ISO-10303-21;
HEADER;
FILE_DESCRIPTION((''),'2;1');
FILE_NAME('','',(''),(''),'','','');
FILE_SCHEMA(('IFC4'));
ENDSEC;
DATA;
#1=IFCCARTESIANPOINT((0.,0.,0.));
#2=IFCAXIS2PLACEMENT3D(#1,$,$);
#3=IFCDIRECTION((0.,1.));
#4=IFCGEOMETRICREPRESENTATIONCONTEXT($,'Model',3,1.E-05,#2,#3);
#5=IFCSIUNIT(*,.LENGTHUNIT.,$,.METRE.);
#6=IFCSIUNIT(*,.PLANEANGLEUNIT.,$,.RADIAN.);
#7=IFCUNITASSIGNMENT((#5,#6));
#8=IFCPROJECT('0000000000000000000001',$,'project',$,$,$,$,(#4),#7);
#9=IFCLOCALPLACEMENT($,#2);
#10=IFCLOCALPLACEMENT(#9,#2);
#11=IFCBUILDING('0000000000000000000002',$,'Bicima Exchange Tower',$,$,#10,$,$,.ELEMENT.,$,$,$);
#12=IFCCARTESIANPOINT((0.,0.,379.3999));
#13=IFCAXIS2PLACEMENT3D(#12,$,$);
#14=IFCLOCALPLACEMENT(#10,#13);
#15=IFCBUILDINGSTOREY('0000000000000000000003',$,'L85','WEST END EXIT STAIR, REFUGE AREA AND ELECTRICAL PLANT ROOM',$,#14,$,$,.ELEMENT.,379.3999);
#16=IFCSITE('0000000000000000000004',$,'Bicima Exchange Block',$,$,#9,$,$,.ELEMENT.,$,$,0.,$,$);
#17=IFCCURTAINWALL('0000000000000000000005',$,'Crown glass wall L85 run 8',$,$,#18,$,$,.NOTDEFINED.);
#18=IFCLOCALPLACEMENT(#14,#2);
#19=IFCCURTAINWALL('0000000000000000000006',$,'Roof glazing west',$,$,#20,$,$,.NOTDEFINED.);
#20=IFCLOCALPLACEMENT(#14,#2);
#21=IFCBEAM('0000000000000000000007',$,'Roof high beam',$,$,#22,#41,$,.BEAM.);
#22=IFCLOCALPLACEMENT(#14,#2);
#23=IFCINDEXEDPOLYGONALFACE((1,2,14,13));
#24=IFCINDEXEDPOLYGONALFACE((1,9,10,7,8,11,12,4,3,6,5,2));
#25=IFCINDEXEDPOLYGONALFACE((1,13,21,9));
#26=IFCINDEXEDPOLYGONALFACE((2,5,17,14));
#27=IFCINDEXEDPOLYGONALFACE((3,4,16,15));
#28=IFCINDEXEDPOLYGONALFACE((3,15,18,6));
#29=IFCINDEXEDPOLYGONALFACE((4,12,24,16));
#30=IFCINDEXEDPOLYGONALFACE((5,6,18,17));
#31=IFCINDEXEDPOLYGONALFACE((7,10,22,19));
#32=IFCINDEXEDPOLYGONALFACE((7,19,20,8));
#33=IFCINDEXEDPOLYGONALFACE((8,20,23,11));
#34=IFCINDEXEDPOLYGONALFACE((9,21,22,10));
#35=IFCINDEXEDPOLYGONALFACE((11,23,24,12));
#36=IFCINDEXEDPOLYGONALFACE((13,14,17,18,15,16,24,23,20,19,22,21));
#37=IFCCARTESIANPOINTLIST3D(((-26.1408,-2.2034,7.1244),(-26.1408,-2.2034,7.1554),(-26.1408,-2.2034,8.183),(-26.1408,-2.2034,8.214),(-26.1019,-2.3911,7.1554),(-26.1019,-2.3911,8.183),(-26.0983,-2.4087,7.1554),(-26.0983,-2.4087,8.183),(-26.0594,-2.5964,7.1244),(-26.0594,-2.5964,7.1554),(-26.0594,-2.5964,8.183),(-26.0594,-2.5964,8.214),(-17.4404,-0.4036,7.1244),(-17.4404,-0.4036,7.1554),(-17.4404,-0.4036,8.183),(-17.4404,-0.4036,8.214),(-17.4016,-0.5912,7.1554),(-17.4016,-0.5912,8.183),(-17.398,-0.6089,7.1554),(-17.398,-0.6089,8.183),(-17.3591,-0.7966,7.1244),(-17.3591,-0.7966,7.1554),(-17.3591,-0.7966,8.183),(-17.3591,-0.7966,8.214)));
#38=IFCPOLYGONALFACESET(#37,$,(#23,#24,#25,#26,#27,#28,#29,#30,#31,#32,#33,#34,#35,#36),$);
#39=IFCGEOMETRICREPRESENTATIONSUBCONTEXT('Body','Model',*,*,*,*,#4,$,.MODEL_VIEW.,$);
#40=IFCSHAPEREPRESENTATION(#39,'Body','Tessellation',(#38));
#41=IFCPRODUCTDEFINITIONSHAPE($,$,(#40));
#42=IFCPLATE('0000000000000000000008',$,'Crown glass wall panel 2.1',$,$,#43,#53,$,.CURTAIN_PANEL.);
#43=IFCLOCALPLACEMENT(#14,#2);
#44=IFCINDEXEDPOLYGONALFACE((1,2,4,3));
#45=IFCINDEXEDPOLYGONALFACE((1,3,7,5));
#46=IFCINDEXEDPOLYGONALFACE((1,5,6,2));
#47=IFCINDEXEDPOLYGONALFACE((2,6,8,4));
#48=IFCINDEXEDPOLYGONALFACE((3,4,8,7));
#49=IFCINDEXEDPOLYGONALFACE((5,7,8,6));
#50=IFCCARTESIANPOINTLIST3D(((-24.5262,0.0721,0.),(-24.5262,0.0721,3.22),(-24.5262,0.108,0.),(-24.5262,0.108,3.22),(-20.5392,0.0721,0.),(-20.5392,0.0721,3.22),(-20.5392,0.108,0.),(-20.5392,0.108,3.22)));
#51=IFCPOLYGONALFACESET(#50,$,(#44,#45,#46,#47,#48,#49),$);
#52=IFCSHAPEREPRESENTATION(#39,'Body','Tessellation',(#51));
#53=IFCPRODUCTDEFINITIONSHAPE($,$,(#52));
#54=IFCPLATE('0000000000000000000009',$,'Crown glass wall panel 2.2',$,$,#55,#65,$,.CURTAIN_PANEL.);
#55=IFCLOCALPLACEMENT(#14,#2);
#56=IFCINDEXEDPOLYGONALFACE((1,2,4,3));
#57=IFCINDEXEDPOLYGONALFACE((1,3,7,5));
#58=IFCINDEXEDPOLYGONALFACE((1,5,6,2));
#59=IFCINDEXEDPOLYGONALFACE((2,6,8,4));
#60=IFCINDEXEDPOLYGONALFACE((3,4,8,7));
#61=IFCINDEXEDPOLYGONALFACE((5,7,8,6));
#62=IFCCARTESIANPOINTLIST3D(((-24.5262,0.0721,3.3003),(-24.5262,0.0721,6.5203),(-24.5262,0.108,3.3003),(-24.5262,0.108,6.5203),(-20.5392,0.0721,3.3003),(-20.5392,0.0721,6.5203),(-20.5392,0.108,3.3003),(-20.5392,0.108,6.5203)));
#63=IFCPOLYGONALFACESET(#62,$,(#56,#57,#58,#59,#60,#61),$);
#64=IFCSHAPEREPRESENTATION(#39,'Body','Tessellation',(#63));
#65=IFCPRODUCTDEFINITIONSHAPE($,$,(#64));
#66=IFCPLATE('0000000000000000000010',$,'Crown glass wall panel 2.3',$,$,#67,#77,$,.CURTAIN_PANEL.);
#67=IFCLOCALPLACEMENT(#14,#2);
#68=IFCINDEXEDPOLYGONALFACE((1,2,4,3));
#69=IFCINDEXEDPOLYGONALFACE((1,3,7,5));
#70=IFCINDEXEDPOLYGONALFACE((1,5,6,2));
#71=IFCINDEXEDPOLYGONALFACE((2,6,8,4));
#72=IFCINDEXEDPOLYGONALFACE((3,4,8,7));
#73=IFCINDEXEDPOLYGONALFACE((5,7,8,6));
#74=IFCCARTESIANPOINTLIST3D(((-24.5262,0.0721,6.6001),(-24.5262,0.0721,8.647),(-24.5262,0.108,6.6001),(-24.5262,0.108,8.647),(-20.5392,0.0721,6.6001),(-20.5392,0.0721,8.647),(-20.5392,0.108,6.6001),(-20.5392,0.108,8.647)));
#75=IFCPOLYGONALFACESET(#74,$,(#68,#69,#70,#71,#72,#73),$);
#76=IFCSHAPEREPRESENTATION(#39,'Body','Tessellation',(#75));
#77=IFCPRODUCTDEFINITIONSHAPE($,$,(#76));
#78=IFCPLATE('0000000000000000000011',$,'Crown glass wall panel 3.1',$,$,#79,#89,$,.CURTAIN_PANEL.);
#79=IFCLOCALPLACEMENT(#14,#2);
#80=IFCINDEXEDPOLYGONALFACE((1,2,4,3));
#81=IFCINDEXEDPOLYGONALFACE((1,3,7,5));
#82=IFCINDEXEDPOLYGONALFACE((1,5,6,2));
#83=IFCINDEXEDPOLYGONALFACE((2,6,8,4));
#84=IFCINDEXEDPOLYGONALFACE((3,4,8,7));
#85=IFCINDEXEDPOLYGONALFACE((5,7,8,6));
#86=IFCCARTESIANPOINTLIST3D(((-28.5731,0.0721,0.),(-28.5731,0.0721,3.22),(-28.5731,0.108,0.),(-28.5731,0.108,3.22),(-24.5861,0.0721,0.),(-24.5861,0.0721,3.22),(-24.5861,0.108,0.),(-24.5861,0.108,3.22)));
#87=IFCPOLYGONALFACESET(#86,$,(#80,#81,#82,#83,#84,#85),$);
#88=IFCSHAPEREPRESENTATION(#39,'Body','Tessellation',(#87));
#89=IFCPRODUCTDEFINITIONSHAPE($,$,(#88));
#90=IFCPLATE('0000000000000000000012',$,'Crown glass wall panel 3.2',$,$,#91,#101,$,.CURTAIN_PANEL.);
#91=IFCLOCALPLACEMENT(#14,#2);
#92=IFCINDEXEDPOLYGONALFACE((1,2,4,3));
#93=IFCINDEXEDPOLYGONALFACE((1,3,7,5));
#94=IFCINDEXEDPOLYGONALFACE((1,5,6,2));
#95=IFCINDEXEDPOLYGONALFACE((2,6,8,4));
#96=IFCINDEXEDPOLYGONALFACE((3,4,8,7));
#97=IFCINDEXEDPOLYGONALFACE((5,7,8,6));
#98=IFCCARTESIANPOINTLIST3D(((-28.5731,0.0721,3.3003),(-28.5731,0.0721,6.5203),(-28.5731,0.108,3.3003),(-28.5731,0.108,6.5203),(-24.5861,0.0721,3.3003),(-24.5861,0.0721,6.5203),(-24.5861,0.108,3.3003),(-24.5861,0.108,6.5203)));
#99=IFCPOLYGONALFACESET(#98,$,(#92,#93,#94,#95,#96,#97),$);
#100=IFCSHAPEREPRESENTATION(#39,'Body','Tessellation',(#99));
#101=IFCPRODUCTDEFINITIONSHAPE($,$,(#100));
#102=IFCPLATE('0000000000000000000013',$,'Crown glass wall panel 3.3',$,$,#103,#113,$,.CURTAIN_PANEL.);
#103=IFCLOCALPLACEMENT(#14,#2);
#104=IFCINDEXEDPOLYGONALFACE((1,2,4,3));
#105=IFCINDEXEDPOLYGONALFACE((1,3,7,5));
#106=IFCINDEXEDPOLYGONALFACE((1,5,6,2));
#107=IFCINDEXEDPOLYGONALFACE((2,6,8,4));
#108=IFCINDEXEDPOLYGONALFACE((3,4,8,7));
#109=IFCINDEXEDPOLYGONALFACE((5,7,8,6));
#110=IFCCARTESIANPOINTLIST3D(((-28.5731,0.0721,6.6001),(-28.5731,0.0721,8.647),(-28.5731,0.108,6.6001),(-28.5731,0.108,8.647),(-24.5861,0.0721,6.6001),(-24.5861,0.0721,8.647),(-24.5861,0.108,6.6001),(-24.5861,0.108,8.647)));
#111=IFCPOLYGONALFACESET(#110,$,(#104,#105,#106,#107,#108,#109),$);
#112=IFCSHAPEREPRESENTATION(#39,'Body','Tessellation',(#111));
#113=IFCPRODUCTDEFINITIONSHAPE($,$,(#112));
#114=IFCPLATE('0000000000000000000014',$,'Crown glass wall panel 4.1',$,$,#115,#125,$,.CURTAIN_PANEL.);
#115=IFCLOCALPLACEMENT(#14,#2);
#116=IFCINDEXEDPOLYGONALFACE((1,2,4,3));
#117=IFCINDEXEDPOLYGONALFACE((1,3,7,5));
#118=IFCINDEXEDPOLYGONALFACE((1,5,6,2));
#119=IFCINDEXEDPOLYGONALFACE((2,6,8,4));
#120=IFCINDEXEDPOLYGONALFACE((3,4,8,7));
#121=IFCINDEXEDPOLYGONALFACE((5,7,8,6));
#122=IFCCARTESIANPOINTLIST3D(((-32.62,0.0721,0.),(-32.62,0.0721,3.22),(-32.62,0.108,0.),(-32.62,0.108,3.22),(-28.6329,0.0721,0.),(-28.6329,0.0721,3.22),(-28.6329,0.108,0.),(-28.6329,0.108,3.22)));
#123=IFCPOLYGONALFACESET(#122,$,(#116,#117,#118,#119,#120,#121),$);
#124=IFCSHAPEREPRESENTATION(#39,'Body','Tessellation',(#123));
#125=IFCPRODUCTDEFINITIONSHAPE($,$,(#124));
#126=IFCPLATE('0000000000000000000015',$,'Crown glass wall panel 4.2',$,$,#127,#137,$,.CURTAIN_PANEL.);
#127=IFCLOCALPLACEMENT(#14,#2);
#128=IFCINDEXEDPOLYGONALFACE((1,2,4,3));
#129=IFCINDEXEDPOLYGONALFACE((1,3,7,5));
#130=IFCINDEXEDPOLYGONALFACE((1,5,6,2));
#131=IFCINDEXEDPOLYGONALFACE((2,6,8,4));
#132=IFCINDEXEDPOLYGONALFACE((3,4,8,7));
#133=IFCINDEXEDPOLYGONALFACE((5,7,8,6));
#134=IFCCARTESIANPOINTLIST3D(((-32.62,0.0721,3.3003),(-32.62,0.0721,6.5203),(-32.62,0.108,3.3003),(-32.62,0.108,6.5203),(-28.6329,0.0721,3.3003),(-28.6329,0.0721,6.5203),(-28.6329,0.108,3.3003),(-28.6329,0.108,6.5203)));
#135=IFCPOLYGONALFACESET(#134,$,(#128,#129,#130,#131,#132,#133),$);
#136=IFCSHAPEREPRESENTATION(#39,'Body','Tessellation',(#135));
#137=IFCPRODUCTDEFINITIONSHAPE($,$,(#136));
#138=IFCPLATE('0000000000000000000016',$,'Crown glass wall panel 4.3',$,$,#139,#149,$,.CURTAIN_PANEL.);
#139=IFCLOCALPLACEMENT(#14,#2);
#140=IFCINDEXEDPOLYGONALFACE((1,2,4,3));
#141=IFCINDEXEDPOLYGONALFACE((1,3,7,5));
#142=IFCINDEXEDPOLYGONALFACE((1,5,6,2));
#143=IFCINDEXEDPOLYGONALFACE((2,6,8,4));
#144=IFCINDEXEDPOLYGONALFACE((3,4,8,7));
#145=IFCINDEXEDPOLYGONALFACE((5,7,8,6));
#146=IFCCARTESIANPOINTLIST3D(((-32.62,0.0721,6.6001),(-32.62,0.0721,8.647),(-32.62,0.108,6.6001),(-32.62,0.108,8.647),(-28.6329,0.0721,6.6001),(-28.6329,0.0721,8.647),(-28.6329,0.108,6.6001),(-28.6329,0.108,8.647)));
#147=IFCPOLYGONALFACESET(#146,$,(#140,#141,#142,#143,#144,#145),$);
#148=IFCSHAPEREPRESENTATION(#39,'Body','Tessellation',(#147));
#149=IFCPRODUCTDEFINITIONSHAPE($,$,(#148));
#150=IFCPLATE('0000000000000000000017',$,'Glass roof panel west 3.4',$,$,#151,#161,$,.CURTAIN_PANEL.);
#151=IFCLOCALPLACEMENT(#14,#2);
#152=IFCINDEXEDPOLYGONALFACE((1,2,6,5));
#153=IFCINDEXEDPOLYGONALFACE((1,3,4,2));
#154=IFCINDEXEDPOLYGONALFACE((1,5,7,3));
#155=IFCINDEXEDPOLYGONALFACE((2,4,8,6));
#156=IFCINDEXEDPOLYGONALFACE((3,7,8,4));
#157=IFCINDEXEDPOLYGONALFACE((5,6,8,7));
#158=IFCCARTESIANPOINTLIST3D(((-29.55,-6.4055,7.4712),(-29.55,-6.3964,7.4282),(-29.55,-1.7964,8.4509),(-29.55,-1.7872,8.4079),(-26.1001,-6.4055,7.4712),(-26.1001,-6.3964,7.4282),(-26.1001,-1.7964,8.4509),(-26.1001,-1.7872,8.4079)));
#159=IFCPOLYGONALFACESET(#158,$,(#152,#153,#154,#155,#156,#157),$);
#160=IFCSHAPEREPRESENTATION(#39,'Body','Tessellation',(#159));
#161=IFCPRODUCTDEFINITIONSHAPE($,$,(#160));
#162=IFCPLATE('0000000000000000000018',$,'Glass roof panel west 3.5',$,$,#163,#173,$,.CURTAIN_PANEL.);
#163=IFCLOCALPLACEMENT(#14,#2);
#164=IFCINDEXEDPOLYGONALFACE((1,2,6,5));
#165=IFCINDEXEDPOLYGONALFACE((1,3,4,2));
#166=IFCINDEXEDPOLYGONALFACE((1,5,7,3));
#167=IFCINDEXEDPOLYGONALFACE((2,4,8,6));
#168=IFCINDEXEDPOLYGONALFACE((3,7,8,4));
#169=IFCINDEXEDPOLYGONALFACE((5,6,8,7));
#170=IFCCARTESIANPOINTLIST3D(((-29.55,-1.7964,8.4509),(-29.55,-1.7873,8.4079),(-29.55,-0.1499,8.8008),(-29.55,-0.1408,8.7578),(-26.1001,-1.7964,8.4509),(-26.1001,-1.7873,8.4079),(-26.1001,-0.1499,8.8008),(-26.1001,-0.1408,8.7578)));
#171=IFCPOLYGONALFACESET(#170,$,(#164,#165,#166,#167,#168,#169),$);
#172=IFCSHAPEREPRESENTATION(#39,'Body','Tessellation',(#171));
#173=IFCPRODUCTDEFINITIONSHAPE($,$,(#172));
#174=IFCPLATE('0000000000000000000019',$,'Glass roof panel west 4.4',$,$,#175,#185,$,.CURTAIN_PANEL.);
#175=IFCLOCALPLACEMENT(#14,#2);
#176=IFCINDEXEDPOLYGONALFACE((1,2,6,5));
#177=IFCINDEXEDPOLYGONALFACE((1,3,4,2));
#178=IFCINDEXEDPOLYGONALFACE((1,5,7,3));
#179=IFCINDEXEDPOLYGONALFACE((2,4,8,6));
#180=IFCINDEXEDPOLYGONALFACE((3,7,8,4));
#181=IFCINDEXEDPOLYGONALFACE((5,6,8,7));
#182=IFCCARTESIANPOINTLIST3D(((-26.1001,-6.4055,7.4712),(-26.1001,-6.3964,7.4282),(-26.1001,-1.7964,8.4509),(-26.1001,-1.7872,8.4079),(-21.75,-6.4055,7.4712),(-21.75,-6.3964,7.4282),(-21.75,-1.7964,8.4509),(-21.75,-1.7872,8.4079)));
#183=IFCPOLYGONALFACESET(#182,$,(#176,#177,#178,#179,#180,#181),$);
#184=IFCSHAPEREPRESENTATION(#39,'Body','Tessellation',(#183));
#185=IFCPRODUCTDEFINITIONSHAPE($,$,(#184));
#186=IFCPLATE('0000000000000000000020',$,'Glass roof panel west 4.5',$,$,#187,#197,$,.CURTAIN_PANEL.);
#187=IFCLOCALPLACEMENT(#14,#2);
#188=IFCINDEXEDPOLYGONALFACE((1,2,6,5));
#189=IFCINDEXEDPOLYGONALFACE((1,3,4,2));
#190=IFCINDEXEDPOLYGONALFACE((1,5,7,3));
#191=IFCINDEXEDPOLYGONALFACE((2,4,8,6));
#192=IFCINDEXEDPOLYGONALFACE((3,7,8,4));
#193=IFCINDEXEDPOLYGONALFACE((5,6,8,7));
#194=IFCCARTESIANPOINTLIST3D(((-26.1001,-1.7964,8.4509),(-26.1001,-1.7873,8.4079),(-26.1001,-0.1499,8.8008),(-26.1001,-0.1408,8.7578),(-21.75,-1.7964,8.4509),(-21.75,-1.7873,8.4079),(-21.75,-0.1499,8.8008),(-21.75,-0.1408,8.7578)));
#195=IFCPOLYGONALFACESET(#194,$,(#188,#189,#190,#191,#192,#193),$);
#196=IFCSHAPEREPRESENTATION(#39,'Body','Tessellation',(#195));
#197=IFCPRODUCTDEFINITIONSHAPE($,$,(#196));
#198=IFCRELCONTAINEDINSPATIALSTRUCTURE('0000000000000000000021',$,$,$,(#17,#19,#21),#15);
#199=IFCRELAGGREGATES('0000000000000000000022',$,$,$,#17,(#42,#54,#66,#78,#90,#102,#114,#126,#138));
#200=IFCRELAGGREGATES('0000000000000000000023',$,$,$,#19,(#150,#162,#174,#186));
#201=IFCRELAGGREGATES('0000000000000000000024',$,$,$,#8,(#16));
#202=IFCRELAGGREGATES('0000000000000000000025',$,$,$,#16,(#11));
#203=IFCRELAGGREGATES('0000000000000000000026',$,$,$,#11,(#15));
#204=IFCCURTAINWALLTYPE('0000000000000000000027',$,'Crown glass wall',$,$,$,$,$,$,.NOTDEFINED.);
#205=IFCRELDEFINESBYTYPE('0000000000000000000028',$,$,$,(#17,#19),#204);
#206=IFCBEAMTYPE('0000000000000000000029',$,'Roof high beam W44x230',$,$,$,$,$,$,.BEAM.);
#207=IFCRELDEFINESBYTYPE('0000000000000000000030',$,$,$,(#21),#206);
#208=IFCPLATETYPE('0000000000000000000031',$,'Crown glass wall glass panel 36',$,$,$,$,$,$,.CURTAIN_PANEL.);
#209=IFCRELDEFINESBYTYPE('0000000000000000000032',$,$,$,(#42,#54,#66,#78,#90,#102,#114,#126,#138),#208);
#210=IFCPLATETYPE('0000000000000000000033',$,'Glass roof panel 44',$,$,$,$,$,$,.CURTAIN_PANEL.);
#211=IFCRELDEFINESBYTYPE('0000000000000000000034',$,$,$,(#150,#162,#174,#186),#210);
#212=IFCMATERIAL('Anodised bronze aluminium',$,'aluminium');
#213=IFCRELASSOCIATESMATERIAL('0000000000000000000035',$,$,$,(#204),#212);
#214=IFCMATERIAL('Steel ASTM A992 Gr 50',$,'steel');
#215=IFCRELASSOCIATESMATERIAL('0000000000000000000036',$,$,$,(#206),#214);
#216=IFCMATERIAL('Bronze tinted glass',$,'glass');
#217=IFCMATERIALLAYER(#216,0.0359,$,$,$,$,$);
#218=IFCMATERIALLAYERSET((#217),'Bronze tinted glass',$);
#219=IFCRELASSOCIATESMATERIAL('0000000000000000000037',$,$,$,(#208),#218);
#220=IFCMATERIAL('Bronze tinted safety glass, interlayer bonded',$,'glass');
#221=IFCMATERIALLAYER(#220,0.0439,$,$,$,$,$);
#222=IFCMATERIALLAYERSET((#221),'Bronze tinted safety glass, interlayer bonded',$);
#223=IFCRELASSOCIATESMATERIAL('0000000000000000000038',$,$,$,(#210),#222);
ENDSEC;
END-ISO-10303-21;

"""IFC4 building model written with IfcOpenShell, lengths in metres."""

from ifc_helpers import new_model, si_unit, direction, frame, origin, origin_2d, place, context, subcontext, project, spatial, polyline, rectangle, i_section, outline, extrude, material, layer, layer_set, material_profile, profile_set, type_object, element, aggregate, save


model = new_model("IFC4")

# Units and contexts
model_context = context("Model", 3, precision=1e-05, world=origin(), true_north=direction((0.0, 1.0)))
body_context = subcontext(model_context, "Body", "Model", "MODEL_VIEW")
ifc_project = project(units=[si_unit("LENGTHUNIT", "METRE"), si_unit("PLANEANGLEUNIT", "RADIAN")], contexts=[model_context])

# Site, building, storey
site_placement = place(None, origin())
site = spatial("IfcSite", under=ifc_project, at=site_placement, Name="Bicima Exchange Block", CompositionType="ELEMENT", RefElevation=0.0)
building_placement = place(site_placement, origin())
building = spatial("IfcBuilding", under=site, at=building_placement, Name="Bicima Exchange Tower", CompositionType="ELEMENT")
storey_placement = place(building_placement, frame((0.0, 0.0, 379.3999)))
storey = spatial("IfcBuildingStorey", under=building, at=storey_placement, Name="L85", Description="WEST END EXIT STAIR, REFUGE AREA AND ELECTRICAL PLANT ROOM", CompositionType="ELEMENT", Elevation=379.3999)

# Shared definitions
ifc_material_1 = material(Name="Steel ASTM A992 Gr 50", Category="steel")

# Curtain wall
ifc_material_2 = material(Name="Anodised bronze aluminium", Category="aluminium")
curtain_wall_type = type_object("IfcCurtainWallType", Name="Crown glass wall", PredefinedType="NOTDEFINED", material=ifc_material_2)
curtain_wall_1_placement = place(storey_placement, origin())
curtain_wall_1 = element("IfcCurtainWall", 1, at=curtain_wall_1_placement, inside=storey, type_object=curtain_wall_type, Name="Crown glass wall L85 run 8", PredefinedType="NOTDEFINED")

# Curtain wall
curtain_wall_2_placement = place(storey_placement, origin())
curtain_wall_2 = element("IfcCurtainWall", 2, at=curtain_wall_2_placement, inside=storey, type_object=curtain_wall_type, Name="Roof glazing west", PredefinedType="NOTDEFINED")

# Beam
ifc_material_profile_1 = material_profile(ifc_material_1, i_section(OverallWidth=0.4014, OverallDepth=1.0896, WebThickness=0.0181, FlangeThickness=0.031, at=origin_2d()))
ifc_profile_set_1 = profile_set([ifc_material_profile_1], Name="Steel ASTM A992 Gr 50")
beam_type_1 = type_object("IfcBeamType", Name="Roof high beam W44x230", PredefinedType="BEAM", material=ifc_profile_set_1)
beam_1_placement = place(storey_placement, frame((-26.1001, -2.3999, 7.6692), z_axis=(0.979266, 0.20258, 0.0), x_axis=(-0.20258, 0.979266, 0.0)))
element("IfcBeam", 3, at=beam_1_placement, inside=storey, type_object=beam_type_1, Name="Roof high beam", PredefinedType="BEAM", context=body_context, shape_type="SweptSolid", body=[
    extrude(i_section(OverallWidth=0.4014, OverallDepth=1.0896, WebThickness=0.0181, FlangeThickness=0.031, at=origin_2d()), origin(), (0.0, 0.0, 1.0), 8.8845),
])

# Plates
ifc_material_3 = material(Name="Bronze tinted glass", Category="glass")
ifc_layer_1 = layer(ifc_material_3, 0.0359)
ifc_layer_set_1 = layer_set([ifc_layer_1], Name="Bronze tinted glass")
plate_type_1 = type_object("IfcPlateType", Name="Crown glass wall glass panel 36", PredefinedType="CURTAIN_PANEL", material=ifc_layer_set_1)
plate_1_placement = place(storey_placement, frame((-22.5327, 0.0901, 0.0), z_axis=(0.0, 0.0, 1.0), x_axis=(-1.0, 0.0, 0.0)))
plate_1 = element("IfcPlate", 4, at=plate_1_placement, type_object=plate_type_1, Name="Crown glass wall panel 2.1", PredefinedType="CURTAIN_PANEL", context=body_context, shape_type="SweptSolid", body=[
    extrude(rectangle(XDim=3.9871, YDim=0.0359, at=origin_2d()), origin(), (0.0, 0.0, 1.0), 3.22),
])
plate_2_placement = place(storey_placement, frame((-22.5327, 0.0901, 3.3003), z_axis=(0.0, 0.0, 1.0), x_axis=(-1.0, 0.0, 0.0)))
plate_2 = element("IfcPlate", 5, at=plate_2_placement, type_object=plate_type_1, Name="Crown glass wall panel 2.2", PredefinedType="CURTAIN_PANEL", context=body_context, shape_type="SweptSolid", body=[
    extrude(rectangle(XDim=3.9871, YDim=0.0359, at=origin_2d()), origin(), (0.0, 0.0, 1.0), 3.22),
])
plate_3_placement = place(storey_placement, frame((-22.5327, 0.0901, 6.6001), z_axis=(0.0, 0.0, 1.0), x_axis=(-1.0, 0.0, 0.0)))
plate_3 = element("IfcPlate", 6, at=plate_3_placement, type_object=plate_type_1, Name="Crown glass wall panel 2.3", PredefinedType="CURTAIN_PANEL", context=body_context, shape_type="SweptSolid", body=[
    extrude(rectangle(XDim=3.9871, YDim=0.0359, at=origin_2d()), origin(), (0.0, 0.0, 1.0), 2.0469),
])
plate_4_placement = place(storey_placement, frame((-26.5796, 0.0901, 0.0), z_axis=(0.0, 0.0, 1.0), x_axis=(-1.0, 0.0, 0.0)))
plate_4 = element("IfcPlate", 7, at=plate_4_placement, type_object=plate_type_1, Name="Crown glass wall panel 3.1", PredefinedType="CURTAIN_PANEL", context=body_context, shape_type="SweptSolid", body=[
    extrude(rectangle(XDim=3.9871, YDim=0.0359, at=origin_2d()), origin(), (0.0, 0.0, 1.0), 3.22),
])
plate_5_placement = place(storey_placement, frame((-26.5796, 0.0901, 3.3003), z_axis=(0.0, 0.0, 1.0), x_axis=(-1.0, 0.0, 0.0)))
plate_5 = element("IfcPlate", 8, at=plate_5_placement, type_object=plate_type_1, Name="Crown glass wall panel 3.2", PredefinedType="CURTAIN_PANEL", context=body_context, shape_type="SweptSolid", body=[
    extrude(rectangle(XDim=3.9871, YDim=0.0359, at=origin_2d()), origin(), (0.0, 0.0, 1.0), 3.22),
])
plate_6_placement = place(storey_placement, frame((-26.5796, 0.0901, 6.6001), z_axis=(0.0, 0.0, 1.0), x_axis=(-1.0, 0.0, 0.0)))
plate_6 = element("IfcPlate", 9, at=plate_6_placement, type_object=plate_type_1, Name="Crown glass wall panel 3.3", PredefinedType="CURTAIN_PANEL", context=body_context, shape_type="SweptSolid", body=[
    extrude(rectangle(XDim=3.9871, YDim=0.0359, at=origin_2d()), origin(), (0.0, 0.0, 1.0), 2.0469),
])
plate_7_placement = place(storey_placement, frame((-30.6265, 0.0901, 0.0), z_axis=(0.0, 0.0, 1.0), x_axis=(-1.0, 0.0, 0.0)))
plate_7 = element("IfcPlate", 10, at=plate_7_placement, type_object=plate_type_1, Name="Crown glass wall panel 4.1", PredefinedType="CURTAIN_PANEL", context=body_context, shape_type="SweptSolid", body=[
    extrude(rectangle(XDim=3.9871, YDim=0.0359, at=origin_2d()), origin(), (0.0, 0.0, 1.0), 3.22),
])
plate_8_placement = place(storey_placement, frame((-30.6265, 0.0901, 3.3003), z_axis=(0.0, 0.0, 1.0), x_axis=(-1.0, 0.0, 0.0)))
plate_8 = element("IfcPlate", 11, at=plate_8_placement, type_object=plate_type_1, Name="Crown glass wall panel 4.2", PredefinedType="CURTAIN_PANEL", context=body_context, shape_type="SweptSolid", body=[
    extrude(rectangle(XDim=3.9871, YDim=0.0359, at=origin_2d()), origin(), (0.0, 0.0, 1.0), 3.22),
])
plate_9_placement = place(storey_placement, frame((-30.6265, 0.0901, 6.6001), z_axis=(0.0, 0.0, 1.0), x_axis=(-1.0, 0.0, 0.0)))
plate_9 = element("IfcPlate", 12, at=plate_9_placement, type_object=plate_type_1, Name="Crown glass wall panel 4.3", PredefinedType="CURTAIN_PANEL", context=body_context, shape_type="SweptSolid", body=[
    extrude(rectangle(XDim=3.9871, YDim=0.0359, at=origin_2d()), origin(), (0.0, 0.0, 1.0), 2.0469),
])
aggregate(curtain_wall_1, [plate_1, plate_2, plate_3, plate_4, plate_5, plate_6, plate_7, plate_8, plate_9])
ifc_material_4 = material(Name="Bronze tinted safety glass, interlayer bonded", Category="glass")
ifc_layer_2 = layer(ifc_material_4, 0.0439)
ifc_layer_set_2 = layer_set([ifc_layer_2], Name="Bronze tinted safety glass, interlayer bonded")
plate_type_2 = type_object("IfcPlateType", Name="Glass roof panel 44", PredefinedType="CURTAIN_PANEL", material=ifc_layer_set_2)
plate_10_placement = place(storey_placement, frame((-29.55, -6.4055, 7.4712), z_axis=(0.0, -0.207919, 0.978146), x_axis=(0.0, 0.978146, 0.207919)))
plate_10 = element("IfcPlate", 13, at=plate_10_placement, type_object=plate_type_2, Name="Glass roof panel west 3.4", PredefinedType="CURTAIN_PANEL", context=body_context, shape_type="SweptSolid", body=[
    extrude(outline(polyline([(0.0, 0.0), (4.7121, 0.0), (4.7121, -3.45), (0.0, -3.45), (0.0, 0.0)])), origin(), (0.0, 0.0, -1.0), 0.0439),
])
plate_11_placement = place(storey_placement, frame((-26.1001, -0.1499, 8.8008), z_axis=(0.0, -0.207845, 0.978162), x_axis=(0.0, -0.978162, -0.207845)))
plate_11 = element("IfcPlate", 14, at=plate_11_placement, type_object=plate_type_2, Name="Glass roof panel west 3.5", PredefinedType="CURTAIN_PANEL", context=body_context, shape_type="SweptSolid", body=[
    extrude(outline(polyline([(0.0, 0.0), (1.6832, 0.0), (1.6832, -3.45), (0.0, -3.45), (0.0, 0.0)])), origin(), (0.0, 0.0, -1.0), 0.0439),
])
plate_12_placement = place(storey_placement, frame((-26.1001, -6.4055, 7.4712), z_axis=(0.0, -0.207919, 0.978146), x_axis=(0.0, 0.978146, 0.207919)))
plate_12 = element("IfcPlate", 15, at=plate_12_placement, type_object=plate_type_2, Name="Glass roof panel west 4.4", PredefinedType="CURTAIN_PANEL", context=body_context, shape_type="SweptSolid", body=[
    extrude(outline(polyline([(0.0, 0.0), (4.7121, 0.0), (4.7121, -4.3501), (0.0, -4.3501), (0.0, 0.0)])), origin(), (0.0, 0.0, -1.0), 0.0439),
])
plate_13_placement = place(storey_placement, frame((-21.75, -0.1499, 8.8008), z_axis=(0.0, -0.207845, 0.978162), x_axis=(0.0, -0.978162, -0.207845)))
plate_13 = element("IfcPlate", 16, at=plate_13_placement, type_object=plate_type_2, Name="Glass roof panel west 4.5", PredefinedType="CURTAIN_PANEL", context=body_context, shape_type="SweptSolid", body=[
    extrude(outline(polyline([(0.0, 0.0), (1.6832, 0.0), (1.6832, -4.3501), (0.0, -4.3501), (0.0, 0.0)])), origin(), (0.0, 0.0, -1.0), 0.0439),
])
aggregate(curtain_wall_2, [plate_10, plate_11, plate_12, plate_13])

save(model, "model.ifc")
